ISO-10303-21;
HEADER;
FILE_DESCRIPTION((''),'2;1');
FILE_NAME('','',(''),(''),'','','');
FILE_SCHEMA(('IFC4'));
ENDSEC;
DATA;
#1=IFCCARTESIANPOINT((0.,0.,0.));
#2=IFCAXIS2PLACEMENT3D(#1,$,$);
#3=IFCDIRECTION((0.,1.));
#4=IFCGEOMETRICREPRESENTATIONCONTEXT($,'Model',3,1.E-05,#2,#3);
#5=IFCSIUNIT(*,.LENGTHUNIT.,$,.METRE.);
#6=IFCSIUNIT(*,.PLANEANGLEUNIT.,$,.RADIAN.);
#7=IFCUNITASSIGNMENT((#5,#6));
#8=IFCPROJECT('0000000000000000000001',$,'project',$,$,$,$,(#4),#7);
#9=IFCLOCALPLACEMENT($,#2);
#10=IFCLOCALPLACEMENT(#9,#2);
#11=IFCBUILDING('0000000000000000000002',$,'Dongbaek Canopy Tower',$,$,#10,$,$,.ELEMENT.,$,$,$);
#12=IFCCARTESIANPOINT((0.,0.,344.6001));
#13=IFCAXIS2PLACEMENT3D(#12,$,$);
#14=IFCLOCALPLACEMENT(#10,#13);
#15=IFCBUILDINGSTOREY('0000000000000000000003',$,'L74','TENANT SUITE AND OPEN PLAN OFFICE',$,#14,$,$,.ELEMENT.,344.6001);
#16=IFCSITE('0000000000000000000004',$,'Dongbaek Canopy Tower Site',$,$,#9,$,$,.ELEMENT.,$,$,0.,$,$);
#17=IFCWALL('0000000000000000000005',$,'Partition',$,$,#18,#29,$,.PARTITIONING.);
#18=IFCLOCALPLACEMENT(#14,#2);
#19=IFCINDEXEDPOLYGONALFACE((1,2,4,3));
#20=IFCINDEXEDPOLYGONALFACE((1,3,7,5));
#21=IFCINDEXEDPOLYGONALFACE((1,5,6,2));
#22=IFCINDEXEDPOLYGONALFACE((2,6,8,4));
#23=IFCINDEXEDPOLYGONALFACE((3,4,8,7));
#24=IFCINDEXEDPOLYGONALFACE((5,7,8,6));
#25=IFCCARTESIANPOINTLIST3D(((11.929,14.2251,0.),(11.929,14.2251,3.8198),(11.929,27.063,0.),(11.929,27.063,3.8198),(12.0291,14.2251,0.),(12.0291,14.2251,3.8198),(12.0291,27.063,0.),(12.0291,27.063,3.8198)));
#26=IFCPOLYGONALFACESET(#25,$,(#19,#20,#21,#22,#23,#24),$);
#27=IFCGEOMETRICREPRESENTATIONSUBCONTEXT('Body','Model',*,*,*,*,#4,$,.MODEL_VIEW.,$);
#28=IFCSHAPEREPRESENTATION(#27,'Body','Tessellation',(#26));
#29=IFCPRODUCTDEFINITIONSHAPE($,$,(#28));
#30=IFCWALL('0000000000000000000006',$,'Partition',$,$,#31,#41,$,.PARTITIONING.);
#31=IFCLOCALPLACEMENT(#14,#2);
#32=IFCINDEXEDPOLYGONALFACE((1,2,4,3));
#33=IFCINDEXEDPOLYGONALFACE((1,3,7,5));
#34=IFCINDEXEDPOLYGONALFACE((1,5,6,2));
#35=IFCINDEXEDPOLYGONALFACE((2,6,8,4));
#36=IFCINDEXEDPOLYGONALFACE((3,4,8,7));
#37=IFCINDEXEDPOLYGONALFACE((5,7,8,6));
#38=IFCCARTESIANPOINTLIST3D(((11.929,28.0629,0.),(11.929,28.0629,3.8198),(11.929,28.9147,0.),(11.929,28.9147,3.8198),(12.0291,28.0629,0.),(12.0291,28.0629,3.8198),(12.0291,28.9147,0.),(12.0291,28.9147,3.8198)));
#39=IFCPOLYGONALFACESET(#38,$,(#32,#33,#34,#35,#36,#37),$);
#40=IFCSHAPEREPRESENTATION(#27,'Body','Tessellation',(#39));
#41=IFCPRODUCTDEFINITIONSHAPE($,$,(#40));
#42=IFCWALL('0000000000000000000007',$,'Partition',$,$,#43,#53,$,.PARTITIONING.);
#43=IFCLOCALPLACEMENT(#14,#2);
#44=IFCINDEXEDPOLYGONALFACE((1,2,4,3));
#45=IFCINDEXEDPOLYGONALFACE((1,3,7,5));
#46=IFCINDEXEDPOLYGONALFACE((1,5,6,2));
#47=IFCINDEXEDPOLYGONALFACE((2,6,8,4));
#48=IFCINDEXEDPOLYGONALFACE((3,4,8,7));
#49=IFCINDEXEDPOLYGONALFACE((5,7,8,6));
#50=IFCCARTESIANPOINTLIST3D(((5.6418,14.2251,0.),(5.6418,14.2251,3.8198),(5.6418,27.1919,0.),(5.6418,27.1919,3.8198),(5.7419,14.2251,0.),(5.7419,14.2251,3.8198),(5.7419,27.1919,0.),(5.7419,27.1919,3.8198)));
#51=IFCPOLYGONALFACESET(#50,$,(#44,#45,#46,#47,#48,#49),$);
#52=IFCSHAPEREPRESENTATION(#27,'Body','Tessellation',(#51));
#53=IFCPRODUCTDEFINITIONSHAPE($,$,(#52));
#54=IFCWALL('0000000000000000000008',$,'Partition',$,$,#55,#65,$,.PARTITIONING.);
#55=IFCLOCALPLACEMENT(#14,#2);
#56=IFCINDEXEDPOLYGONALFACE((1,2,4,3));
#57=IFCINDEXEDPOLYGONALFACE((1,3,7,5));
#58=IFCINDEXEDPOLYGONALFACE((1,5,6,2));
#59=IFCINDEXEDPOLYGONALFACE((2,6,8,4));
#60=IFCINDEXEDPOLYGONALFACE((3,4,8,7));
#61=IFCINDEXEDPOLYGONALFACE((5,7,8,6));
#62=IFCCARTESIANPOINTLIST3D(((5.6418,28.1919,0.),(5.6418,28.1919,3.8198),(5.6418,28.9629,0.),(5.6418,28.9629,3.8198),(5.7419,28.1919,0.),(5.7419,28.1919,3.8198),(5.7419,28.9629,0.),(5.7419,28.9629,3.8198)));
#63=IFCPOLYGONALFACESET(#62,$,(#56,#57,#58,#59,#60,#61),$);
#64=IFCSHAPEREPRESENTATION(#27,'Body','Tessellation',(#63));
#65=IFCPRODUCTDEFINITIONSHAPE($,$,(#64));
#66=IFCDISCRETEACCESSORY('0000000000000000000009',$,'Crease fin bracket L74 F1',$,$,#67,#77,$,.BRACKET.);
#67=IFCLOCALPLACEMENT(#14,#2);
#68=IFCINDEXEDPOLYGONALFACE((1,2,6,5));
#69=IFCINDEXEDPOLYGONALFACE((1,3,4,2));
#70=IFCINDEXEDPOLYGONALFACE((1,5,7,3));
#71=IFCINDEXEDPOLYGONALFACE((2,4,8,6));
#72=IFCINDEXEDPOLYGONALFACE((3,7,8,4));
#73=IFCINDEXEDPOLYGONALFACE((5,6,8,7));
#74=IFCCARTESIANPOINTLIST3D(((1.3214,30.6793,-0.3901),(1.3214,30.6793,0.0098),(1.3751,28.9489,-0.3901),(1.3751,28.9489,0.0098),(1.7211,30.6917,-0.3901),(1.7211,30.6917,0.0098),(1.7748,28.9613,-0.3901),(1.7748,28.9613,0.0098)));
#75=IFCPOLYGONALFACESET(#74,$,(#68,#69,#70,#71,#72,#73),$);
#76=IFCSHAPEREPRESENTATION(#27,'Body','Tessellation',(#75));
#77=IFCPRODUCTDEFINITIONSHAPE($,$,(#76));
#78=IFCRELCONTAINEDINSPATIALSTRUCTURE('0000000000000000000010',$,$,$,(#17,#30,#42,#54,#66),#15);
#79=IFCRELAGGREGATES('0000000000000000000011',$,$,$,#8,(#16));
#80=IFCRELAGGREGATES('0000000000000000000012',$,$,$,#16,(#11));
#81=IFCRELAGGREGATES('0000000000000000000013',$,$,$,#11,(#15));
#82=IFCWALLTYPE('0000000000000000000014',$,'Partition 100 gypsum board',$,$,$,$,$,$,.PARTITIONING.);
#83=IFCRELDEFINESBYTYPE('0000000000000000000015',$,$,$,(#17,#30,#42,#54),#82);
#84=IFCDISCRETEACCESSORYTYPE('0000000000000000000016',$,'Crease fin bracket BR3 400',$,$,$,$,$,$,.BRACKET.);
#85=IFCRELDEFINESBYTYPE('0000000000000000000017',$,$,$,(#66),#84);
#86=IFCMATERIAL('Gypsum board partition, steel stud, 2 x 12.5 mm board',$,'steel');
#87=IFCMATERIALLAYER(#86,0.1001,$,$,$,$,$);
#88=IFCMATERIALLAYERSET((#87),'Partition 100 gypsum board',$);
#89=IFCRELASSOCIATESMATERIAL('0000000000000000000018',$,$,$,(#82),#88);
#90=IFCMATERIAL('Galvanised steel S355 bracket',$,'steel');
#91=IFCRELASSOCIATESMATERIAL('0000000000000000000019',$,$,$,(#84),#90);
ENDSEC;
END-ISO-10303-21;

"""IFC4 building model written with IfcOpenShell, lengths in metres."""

from ifc_helpers import new_model, si_unit, direction, frame, frame_2d, origin, origin_2d, place, context, subcontext, project, spatial, rectangle, extrude, material, layer, layer_set, type_object, element, save


model = new_model("IFC4")

# Units and contexts
model_context = context("Model", 3, precision=1e-05, world=origin(), true_north=direction((0.0, 1.0)))
body_context = subcontext(model_context, "Body", "Model", "MODEL_VIEW")
ifc_project = project(units=[si_unit("LENGTHUNIT", "METRE"), si_unit("PLANEANGLEUNIT", "RADIAN")], contexts=[model_context])

# Site, building, storey
site_placement = place(None, origin())
site = spatial("IfcSite", under=ifc_project, at=site_placement, Name="Dongbaek Canopy Tower Site", CompositionType="ELEMENT", RefElevation=0.0)
building_placement = place(site_placement, origin())
building = spatial("IfcBuilding", under=site, at=building_placement, Name="Dongbaek Canopy Tower", CompositionType="ELEMENT")
storey_placement = place(building_placement, frame((0.0, 0.0, 344.6001)))
storey = spatial("IfcBuildingStorey", under=building, at=storey_placement, Name="L74", Description="TENANT SUITE AND OPEN PLAN OFFICE", CompositionType="ELEMENT", Elevation=344.6001)

# Walls
ifc_material_1 = material(Name="Gypsum board partition, steel stud, 2 x 12.5 mm board", Category="steel")
ifc_layer_1 = layer(ifc_material_1, 0.1001)
ifc_layer_set_1 = layer_set([ifc_layer_1], Name="Partition 100 gypsum board")
wall_type_1 = type_object("IfcWallType", Name="Partition 100 gypsum board", PredefinedType="PARTITIONING", material=ifc_layer_set_1)
wall_1_placement = place(storey_placement, frame((11.979, 14.2251, 0.0), z_axis=(0.0, 0.0, 1.0), x_axis=(0.0, 1.0, 0.0)))
element("IfcWall", 1, at=wall_1_placement, inside=storey, type_object=wall_type_1, Name="Partition", PredefinedType="PARTITIONING", context=body_context, shape_type="SweptSolid", body=[
    extrude(rectangle(XDim=12.8379, YDim=0.1001, at=frame_2d((6.4189, 0.0))), origin(), (0.0, 0.0, 1.0), 3.8198),
])
wall_2_placement = place(storey_placement, frame((11.979, 28.063, 0.0), z_axis=(0.0, 0.0, 1.0), x_axis=(0.0, 1.0, 0.0)))
element("IfcWall", 2, at=wall_2_placement, inside=storey, type_object=wall_type_1, Name="Partition", PredefinedType="PARTITIONING", context=body_context, shape_type="SweptSolid", body=[
    extrude(rectangle(XDim=0.8518, YDim=0.1001, at=frame_2d((0.4258, 0.0))), origin(), (0.0, 0.0, 1.0), 3.8198),
])
wall_3_placement = place(storey_placement, frame((5.6919, 14.2251, 0.0), z_axis=(0.0, 0.0, 1.0), x_axis=(0.0, 1.0, 0.0)))
element("IfcWall", 3, at=wall_3_placement, inside=storey, type_object=wall_type_1, Name="Partition", PredefinedType="PARTITIONING", context=body_context, shape_type="SweptSolid", body=[
    extrude(rectangle(XDim=12.9668, YDim=0.1001, at=frame_2d((6.4834, 0.0))), origin(), (0.0, 0.0, 1.0), 3.8198),
])
wall_4_placement = place(storey_placement, frame((5.6919, 28.1919, 0.0), z_axis=(0.0, 0.0, 1.0), x_axis=(0.0, 1.0, 0.0)))
element("IfcWall", 4, at=wall_4_placement, inside=storey, type_object=wall_type_1, Name="Partition", PredefinedType="PARTITIONING", context=body_context, shape_type="SweptSolid", body=[
    extrude(rectangle(XDim=0.771, YDim=0.1001, at=frame_2d((0.3855, 0.0))), origin(), (0.0, 0.0, 1.0), 3.8198),
])

# Discrete accessory
ifc_material_2 = material(Name="Galvanised steel S355 bracket", Category="steel")
discrete_accessory_type = type_object("IfcDiscreteAccessoryType", Name="Crease fin bracket BR3 400", PredefinedType="BRACKET", material=ifc_material_2)
discrete_accessory_placement = place(storey_placement, frame((1.5481, 29.8203, -0.3901), z_axis=(0.0, 0.0, 1.0), x_axis=(-0.031004, 0.999519, 0.0)))
element("IfcDiscreteAccessory", 5, at=discrete_accessory_placement, inside=storey, type_object=discrete_accessory_type, Name="Crease fin bracket L74 F1", PredefinedType="BRACKET", context=body_context, shape_type="SweptSolid", body=[
    extrude(rectangle(XDim=1.7312, YDim=0.3999, at=origin_2d()), origin(), (0.0, 0.0, 1.0), 0.3999),
])

save(model, "model.ifc")
